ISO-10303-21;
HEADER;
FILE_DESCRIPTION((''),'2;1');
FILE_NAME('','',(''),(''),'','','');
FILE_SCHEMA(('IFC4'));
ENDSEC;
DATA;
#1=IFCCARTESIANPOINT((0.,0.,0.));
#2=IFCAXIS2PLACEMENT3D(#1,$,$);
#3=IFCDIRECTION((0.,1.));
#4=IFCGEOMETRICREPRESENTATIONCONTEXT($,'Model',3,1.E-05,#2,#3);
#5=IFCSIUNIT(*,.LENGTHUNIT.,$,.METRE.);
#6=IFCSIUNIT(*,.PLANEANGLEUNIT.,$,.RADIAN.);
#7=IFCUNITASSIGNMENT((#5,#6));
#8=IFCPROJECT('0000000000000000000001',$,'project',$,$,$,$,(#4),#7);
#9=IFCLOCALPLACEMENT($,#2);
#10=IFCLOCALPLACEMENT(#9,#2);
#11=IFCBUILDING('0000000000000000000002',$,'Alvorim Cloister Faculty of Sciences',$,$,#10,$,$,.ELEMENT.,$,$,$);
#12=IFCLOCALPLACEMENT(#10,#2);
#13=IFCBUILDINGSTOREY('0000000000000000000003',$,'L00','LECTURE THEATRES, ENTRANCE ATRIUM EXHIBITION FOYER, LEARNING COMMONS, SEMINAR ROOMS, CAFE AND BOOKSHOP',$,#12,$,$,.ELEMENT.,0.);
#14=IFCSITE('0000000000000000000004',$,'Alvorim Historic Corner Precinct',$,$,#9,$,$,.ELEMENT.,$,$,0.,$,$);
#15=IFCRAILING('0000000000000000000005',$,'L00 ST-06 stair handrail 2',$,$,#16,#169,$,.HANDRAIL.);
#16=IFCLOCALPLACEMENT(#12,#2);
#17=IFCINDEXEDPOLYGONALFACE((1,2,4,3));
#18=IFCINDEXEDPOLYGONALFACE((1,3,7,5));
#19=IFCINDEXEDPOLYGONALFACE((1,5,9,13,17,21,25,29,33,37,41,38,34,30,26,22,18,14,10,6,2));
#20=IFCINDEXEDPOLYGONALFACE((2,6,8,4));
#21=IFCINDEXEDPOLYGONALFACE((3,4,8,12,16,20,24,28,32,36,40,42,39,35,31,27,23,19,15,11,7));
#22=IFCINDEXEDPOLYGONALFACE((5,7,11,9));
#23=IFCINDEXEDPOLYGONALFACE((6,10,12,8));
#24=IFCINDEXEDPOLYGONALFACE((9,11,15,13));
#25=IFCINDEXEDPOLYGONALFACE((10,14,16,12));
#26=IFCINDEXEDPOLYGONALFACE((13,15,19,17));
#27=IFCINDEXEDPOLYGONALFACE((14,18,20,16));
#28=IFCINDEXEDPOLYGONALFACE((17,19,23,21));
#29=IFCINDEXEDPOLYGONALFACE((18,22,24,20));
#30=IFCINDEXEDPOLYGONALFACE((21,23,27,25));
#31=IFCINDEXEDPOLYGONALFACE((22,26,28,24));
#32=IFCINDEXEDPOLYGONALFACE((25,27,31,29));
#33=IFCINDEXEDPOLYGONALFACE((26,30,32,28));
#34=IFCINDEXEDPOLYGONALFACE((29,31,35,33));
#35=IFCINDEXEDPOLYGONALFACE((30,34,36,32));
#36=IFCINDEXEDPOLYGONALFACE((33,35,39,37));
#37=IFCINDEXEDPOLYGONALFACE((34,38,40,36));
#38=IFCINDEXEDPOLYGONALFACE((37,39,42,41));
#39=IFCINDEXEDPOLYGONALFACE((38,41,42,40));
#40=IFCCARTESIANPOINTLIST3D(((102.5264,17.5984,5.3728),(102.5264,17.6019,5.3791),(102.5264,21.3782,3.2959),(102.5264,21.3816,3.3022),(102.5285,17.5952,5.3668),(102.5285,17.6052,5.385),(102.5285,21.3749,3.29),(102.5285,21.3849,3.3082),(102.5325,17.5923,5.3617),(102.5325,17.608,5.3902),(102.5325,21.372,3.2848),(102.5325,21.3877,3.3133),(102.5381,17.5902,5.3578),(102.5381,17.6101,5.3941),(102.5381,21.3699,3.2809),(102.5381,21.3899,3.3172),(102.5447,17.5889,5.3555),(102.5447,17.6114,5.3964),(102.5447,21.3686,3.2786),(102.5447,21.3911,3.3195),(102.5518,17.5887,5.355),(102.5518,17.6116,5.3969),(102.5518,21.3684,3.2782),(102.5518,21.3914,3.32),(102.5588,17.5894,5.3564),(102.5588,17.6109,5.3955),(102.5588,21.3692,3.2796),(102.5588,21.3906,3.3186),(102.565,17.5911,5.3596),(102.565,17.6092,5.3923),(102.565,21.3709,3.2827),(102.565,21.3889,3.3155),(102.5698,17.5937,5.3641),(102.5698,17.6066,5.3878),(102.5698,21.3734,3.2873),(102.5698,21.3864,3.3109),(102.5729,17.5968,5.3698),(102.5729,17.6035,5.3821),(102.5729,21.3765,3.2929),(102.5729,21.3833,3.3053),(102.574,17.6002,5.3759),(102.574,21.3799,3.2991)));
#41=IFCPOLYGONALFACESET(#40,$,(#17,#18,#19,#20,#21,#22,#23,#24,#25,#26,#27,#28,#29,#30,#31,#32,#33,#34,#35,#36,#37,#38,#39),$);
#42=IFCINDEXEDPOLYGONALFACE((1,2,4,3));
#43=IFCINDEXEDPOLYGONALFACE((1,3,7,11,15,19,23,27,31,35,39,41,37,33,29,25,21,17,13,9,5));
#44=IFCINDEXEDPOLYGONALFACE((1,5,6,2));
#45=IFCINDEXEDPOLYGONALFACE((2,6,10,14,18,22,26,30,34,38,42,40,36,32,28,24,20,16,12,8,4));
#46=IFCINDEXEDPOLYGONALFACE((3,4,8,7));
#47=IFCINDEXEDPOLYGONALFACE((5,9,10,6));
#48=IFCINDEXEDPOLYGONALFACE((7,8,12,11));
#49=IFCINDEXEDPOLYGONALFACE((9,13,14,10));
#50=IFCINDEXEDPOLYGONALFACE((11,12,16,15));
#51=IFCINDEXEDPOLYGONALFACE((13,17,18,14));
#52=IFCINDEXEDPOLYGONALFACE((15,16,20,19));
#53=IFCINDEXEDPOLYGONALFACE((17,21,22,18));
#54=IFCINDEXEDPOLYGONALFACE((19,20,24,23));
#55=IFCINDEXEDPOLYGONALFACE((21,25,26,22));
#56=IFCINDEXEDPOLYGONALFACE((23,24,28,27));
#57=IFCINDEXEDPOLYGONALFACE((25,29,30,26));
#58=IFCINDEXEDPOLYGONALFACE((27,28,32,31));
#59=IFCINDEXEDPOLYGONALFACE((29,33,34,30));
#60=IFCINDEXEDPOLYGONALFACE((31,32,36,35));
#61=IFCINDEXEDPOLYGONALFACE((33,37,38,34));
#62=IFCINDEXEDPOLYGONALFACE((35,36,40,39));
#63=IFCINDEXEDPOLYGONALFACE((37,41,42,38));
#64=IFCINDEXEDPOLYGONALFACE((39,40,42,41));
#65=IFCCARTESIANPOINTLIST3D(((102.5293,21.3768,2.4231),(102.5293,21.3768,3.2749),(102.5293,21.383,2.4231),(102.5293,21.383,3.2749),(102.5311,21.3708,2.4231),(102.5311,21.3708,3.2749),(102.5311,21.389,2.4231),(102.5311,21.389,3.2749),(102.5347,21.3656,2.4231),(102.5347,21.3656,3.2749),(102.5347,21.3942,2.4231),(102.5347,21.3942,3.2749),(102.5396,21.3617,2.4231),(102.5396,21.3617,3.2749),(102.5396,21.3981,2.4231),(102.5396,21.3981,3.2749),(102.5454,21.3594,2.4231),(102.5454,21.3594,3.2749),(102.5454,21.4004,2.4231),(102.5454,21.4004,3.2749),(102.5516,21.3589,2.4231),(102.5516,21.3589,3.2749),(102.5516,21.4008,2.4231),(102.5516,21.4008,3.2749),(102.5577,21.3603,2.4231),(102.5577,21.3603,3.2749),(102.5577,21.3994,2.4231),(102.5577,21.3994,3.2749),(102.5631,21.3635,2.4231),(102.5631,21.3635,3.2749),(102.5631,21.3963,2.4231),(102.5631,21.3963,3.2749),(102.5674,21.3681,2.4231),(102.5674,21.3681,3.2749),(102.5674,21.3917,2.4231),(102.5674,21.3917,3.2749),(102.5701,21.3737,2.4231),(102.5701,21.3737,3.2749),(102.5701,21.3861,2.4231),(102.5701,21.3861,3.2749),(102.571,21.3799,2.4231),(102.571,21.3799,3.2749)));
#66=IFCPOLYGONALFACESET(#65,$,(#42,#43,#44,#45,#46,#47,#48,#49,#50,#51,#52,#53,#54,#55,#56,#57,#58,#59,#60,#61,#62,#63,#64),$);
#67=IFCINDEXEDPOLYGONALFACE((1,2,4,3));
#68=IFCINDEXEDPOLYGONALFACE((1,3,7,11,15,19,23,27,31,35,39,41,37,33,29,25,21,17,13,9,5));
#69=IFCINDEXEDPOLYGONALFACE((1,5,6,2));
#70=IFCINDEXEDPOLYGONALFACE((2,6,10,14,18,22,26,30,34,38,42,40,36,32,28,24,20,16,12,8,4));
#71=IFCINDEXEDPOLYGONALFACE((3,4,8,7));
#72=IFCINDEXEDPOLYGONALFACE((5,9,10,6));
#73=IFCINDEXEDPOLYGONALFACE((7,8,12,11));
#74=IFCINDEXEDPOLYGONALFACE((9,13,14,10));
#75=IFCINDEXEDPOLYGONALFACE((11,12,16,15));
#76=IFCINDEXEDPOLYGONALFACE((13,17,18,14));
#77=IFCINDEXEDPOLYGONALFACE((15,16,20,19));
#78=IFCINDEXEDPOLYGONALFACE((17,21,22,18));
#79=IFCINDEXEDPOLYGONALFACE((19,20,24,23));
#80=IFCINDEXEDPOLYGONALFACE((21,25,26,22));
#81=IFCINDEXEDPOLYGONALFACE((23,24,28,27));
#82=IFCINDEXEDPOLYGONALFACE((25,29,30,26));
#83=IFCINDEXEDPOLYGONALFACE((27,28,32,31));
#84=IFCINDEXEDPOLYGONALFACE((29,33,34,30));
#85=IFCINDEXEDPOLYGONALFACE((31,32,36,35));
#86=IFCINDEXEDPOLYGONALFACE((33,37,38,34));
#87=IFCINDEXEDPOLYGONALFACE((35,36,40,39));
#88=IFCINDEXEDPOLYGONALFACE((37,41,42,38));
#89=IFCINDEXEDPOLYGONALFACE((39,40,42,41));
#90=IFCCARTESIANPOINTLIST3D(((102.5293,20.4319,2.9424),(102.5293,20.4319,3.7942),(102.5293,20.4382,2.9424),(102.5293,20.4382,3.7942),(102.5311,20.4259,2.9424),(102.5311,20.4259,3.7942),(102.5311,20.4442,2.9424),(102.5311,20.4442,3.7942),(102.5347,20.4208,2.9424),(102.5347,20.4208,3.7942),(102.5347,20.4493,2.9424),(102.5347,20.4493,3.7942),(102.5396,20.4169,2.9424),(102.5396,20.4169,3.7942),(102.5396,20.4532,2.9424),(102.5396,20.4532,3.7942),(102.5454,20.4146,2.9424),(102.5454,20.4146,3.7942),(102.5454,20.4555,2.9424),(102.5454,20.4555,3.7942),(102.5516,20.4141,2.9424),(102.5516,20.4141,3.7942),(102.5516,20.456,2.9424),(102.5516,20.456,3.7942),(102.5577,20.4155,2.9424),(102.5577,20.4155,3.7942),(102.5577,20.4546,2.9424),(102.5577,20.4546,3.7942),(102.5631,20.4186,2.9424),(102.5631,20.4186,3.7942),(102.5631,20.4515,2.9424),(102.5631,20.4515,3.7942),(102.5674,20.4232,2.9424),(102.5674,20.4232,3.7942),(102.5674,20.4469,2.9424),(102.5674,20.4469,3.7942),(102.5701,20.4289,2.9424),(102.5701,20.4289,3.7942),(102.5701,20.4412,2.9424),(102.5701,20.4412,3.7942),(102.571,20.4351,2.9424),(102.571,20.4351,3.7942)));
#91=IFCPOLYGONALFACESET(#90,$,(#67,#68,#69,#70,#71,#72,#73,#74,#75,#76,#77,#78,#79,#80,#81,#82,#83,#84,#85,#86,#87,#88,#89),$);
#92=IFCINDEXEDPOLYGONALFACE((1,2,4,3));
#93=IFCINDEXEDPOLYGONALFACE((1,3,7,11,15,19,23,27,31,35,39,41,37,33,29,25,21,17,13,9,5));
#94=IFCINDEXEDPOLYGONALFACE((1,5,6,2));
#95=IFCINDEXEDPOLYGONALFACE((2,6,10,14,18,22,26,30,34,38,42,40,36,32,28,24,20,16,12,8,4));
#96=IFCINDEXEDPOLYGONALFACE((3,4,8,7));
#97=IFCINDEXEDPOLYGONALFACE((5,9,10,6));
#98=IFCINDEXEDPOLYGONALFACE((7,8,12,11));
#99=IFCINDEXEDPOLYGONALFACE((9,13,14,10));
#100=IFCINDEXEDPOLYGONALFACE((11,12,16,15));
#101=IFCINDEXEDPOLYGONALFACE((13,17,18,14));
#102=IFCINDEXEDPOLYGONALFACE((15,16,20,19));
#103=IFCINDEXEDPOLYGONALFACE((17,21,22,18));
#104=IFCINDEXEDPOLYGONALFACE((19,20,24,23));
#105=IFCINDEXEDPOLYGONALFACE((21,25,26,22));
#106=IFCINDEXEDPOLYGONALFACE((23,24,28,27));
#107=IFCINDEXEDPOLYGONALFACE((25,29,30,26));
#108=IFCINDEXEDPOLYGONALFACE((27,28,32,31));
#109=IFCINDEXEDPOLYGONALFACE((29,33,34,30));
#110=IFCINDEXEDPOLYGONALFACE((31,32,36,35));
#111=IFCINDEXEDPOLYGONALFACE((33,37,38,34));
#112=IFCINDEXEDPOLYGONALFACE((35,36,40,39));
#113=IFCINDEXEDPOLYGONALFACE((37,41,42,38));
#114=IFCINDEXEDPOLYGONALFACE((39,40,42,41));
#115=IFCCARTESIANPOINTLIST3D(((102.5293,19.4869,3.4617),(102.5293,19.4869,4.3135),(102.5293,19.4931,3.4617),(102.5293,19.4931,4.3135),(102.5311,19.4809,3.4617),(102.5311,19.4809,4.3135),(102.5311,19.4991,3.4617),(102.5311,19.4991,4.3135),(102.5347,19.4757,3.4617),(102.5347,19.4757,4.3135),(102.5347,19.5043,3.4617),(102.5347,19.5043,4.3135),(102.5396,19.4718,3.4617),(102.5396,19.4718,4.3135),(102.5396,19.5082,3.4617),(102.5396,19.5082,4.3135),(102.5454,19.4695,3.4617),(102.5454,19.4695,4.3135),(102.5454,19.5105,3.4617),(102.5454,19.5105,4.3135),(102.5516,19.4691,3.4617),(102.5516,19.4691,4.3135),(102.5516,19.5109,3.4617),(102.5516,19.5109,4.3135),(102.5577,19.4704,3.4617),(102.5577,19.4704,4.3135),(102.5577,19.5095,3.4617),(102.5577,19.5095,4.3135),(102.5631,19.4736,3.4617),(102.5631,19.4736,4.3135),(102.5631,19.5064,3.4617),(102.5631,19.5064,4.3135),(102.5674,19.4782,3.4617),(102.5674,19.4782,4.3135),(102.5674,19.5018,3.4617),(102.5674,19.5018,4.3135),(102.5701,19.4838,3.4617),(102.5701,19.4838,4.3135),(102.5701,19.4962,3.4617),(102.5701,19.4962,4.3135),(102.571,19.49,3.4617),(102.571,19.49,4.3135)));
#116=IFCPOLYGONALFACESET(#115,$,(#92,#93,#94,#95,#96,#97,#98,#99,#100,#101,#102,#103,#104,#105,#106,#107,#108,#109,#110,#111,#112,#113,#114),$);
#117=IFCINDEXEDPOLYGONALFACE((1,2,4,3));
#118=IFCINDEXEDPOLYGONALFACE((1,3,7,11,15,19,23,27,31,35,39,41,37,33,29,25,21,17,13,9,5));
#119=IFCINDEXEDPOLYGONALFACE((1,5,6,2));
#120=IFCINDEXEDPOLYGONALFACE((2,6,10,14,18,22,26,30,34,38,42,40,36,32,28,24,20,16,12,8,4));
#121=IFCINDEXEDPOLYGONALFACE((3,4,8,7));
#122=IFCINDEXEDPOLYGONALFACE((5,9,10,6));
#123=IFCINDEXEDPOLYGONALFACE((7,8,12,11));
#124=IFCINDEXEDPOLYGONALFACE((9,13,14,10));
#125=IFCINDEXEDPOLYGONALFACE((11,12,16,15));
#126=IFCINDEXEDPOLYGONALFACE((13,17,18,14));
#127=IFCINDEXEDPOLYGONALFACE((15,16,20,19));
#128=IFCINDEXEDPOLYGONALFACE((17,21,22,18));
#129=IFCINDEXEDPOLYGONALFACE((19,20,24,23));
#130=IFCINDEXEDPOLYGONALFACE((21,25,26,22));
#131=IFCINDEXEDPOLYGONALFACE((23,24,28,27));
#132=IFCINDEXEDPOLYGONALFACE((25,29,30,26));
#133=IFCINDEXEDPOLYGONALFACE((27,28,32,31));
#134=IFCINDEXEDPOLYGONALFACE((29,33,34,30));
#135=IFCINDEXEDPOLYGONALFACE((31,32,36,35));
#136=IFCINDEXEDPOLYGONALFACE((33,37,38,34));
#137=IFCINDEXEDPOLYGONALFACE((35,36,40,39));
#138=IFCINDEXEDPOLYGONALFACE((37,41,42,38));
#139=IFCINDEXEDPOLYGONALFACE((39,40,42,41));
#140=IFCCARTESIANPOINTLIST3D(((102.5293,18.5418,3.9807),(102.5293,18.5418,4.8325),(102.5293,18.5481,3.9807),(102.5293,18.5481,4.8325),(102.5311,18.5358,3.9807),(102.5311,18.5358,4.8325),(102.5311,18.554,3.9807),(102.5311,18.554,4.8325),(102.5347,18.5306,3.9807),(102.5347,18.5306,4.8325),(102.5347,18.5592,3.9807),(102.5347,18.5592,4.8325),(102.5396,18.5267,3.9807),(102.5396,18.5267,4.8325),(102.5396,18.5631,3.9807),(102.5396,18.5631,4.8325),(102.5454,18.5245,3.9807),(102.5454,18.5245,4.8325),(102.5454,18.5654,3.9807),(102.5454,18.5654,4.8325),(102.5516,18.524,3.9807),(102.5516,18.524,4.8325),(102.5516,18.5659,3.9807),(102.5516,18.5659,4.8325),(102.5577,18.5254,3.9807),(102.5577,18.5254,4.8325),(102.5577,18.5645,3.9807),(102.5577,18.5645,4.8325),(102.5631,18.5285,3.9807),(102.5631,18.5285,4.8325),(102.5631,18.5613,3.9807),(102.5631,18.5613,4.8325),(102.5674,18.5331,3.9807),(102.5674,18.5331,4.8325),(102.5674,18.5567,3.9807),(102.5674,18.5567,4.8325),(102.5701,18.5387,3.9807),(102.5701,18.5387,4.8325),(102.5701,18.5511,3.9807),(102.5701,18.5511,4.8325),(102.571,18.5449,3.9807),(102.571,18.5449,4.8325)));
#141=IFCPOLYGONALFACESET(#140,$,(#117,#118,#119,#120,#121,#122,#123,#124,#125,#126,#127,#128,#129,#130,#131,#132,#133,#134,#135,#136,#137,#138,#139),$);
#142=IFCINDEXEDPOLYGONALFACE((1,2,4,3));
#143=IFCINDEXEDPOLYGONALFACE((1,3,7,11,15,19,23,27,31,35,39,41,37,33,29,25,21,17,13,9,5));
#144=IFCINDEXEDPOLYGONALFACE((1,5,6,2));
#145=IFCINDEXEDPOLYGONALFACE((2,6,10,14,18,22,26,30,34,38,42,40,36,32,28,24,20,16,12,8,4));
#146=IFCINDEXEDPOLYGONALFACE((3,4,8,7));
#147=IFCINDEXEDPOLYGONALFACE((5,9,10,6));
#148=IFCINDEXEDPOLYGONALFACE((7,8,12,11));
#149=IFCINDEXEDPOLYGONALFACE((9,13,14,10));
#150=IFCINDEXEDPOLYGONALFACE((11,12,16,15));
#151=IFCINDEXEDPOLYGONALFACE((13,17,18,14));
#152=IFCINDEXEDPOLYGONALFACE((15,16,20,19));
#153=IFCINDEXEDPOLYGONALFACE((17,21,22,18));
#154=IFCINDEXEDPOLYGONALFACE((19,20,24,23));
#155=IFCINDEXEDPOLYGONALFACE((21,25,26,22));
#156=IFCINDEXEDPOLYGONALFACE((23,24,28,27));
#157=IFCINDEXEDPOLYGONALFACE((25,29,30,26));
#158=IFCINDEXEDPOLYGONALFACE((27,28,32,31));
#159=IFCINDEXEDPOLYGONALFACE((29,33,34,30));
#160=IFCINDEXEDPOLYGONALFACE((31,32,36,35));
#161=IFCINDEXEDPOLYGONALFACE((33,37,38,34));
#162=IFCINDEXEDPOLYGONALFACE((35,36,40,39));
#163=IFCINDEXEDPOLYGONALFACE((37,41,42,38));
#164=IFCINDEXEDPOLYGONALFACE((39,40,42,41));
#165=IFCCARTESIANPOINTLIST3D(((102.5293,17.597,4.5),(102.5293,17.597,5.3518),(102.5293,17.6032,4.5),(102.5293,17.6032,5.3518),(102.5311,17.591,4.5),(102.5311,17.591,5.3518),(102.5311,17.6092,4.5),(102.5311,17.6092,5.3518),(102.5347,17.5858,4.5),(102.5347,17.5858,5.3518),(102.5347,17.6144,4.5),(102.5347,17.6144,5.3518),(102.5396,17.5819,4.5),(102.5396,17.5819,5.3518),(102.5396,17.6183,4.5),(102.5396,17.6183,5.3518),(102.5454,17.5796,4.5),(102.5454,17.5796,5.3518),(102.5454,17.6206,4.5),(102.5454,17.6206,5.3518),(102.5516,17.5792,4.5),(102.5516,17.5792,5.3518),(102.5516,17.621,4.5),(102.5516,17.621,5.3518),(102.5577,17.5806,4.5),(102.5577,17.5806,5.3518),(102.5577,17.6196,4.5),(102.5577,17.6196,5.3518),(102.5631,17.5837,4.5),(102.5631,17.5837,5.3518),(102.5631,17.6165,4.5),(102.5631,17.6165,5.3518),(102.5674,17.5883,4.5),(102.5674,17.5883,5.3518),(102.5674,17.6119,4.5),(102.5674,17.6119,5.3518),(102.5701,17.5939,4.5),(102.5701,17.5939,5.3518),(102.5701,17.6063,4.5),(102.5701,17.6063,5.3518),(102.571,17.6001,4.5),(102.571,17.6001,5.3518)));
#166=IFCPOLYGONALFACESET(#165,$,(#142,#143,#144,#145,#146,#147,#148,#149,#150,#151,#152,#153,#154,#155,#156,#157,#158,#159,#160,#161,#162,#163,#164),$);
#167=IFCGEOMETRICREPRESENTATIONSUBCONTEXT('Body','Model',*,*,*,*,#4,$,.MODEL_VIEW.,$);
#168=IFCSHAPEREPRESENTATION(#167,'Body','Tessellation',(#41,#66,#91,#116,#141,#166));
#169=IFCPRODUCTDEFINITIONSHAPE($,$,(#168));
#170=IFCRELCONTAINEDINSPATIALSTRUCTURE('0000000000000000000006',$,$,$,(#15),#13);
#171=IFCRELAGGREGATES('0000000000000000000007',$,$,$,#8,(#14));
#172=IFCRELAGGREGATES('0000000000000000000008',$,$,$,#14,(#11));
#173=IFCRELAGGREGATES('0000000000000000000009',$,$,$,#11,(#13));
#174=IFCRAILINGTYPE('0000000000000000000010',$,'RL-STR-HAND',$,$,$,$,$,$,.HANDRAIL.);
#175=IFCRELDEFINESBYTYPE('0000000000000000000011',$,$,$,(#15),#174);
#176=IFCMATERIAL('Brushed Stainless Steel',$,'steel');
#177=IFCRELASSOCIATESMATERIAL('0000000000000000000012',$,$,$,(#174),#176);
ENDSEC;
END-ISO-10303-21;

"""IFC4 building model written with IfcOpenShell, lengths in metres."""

from ifc_helpers import new_model, si_unit, direction, frame, origin, origin_2d, place, context, subcontext, project, spatial, circle, extrude, material, type_object, element, save


model = new_model("IFC4")

# Units and contexts
model_context = context("Model", 3, precision=1e-05, world=origin(), true_north=direction((0.0, 1.0)))
body_context = subcontext(model_context, "Body", "Model", "MODEL_VIEW")
ifc_project = project(units=[si_unit("LENGTHUNIT", "METRE"), si_unit("PLANEANGLEUNIT", "RADIAN")], contexts=[model_context])

# Site, building, storey
site_placement = place(None, origin())
site = spatial("IfcSite", under=ifc_project, at=site_placement, Name="Alvorim Historic Corner Precinct", CompositionType="ELEMENT", RefElevation=0.0)
building_placement = place(site_placement, origin())
building = spatial("IfcBuilding", under=site, at=building_placement, Name="Alvorim Cloister Faculty of Sciences", CompositionType="ELEMENT")
storey_placement = place(building_placement, origin())
storey = spatial("IfcBuildingStorey", under=building, at=storey_placement, Name="L00", Description="LECTURE THEATRES, ENTRANCE ATRIUM EXHIBITION FOYER, LEARNING COMMONS, SEMINAR ROOMS, CAFE AND BOOKSHOP", CompositionType="ELEMENT", Elevation=0.0)

# Railing
ifc_material_1 = material(Name="Brushed Stainless Steel", Category="steel")
railing_type_1 = type_object("IfcRailingType", Name="RL-STR-HAND", PredefinedType="HANDRAIL", material=ifc_material_1)
railing_1_placement = place(storey_placement, frame((102.55, 21.3799, 2.4231)))
element("IfcRailing", 1, at=railing_1_placement, inside=storey, type_object=railing_type_1, Name="L00 ST-06 stair handrail 2", PredefinedType="HANDRAIL", context=body_context, shape_type="SweptSolid", body=[
    extrude(circle(Radius=0.0239, at=origin_2d()), frame((0.0, 0.0, 0.876), z_axis=(0.0, -0.876409, 0.481567), x_axis=(1.0, 0.0, 0.0)), (0.0, 0.0, 1.0), 4.3127),
    extrude(circle(Radius=0.021, at=origin_2d()), origin(), (0.0, 0.0, 1.0), 0.8518),
    extrude(circle(Radius=0.021, at=origin_2d()), frame((0.0, -0.9448, 0.5193)), (0.0, 0.0, 1.0), 0.8518),
    extrude(circle(Radius=0.021, at=origin_2d()), frame((0.0, -1.8899, 1.0386)), (0.0, 0.0, 1.0), 0.8518),
    extrude(circle(Radius=0.021, at=origin_2d()), frame((0.0, -2.835, 1.5576)), (0.0, 0.0, 1.0), 0.8518),
    extrude(circle(Radius=0.021, at=origin_2d()), frame((0.0, -3.7798, 2.0769)), (0.0, 0.0, 1.0), 0.8518),
])

save(model, "model.ifc")
